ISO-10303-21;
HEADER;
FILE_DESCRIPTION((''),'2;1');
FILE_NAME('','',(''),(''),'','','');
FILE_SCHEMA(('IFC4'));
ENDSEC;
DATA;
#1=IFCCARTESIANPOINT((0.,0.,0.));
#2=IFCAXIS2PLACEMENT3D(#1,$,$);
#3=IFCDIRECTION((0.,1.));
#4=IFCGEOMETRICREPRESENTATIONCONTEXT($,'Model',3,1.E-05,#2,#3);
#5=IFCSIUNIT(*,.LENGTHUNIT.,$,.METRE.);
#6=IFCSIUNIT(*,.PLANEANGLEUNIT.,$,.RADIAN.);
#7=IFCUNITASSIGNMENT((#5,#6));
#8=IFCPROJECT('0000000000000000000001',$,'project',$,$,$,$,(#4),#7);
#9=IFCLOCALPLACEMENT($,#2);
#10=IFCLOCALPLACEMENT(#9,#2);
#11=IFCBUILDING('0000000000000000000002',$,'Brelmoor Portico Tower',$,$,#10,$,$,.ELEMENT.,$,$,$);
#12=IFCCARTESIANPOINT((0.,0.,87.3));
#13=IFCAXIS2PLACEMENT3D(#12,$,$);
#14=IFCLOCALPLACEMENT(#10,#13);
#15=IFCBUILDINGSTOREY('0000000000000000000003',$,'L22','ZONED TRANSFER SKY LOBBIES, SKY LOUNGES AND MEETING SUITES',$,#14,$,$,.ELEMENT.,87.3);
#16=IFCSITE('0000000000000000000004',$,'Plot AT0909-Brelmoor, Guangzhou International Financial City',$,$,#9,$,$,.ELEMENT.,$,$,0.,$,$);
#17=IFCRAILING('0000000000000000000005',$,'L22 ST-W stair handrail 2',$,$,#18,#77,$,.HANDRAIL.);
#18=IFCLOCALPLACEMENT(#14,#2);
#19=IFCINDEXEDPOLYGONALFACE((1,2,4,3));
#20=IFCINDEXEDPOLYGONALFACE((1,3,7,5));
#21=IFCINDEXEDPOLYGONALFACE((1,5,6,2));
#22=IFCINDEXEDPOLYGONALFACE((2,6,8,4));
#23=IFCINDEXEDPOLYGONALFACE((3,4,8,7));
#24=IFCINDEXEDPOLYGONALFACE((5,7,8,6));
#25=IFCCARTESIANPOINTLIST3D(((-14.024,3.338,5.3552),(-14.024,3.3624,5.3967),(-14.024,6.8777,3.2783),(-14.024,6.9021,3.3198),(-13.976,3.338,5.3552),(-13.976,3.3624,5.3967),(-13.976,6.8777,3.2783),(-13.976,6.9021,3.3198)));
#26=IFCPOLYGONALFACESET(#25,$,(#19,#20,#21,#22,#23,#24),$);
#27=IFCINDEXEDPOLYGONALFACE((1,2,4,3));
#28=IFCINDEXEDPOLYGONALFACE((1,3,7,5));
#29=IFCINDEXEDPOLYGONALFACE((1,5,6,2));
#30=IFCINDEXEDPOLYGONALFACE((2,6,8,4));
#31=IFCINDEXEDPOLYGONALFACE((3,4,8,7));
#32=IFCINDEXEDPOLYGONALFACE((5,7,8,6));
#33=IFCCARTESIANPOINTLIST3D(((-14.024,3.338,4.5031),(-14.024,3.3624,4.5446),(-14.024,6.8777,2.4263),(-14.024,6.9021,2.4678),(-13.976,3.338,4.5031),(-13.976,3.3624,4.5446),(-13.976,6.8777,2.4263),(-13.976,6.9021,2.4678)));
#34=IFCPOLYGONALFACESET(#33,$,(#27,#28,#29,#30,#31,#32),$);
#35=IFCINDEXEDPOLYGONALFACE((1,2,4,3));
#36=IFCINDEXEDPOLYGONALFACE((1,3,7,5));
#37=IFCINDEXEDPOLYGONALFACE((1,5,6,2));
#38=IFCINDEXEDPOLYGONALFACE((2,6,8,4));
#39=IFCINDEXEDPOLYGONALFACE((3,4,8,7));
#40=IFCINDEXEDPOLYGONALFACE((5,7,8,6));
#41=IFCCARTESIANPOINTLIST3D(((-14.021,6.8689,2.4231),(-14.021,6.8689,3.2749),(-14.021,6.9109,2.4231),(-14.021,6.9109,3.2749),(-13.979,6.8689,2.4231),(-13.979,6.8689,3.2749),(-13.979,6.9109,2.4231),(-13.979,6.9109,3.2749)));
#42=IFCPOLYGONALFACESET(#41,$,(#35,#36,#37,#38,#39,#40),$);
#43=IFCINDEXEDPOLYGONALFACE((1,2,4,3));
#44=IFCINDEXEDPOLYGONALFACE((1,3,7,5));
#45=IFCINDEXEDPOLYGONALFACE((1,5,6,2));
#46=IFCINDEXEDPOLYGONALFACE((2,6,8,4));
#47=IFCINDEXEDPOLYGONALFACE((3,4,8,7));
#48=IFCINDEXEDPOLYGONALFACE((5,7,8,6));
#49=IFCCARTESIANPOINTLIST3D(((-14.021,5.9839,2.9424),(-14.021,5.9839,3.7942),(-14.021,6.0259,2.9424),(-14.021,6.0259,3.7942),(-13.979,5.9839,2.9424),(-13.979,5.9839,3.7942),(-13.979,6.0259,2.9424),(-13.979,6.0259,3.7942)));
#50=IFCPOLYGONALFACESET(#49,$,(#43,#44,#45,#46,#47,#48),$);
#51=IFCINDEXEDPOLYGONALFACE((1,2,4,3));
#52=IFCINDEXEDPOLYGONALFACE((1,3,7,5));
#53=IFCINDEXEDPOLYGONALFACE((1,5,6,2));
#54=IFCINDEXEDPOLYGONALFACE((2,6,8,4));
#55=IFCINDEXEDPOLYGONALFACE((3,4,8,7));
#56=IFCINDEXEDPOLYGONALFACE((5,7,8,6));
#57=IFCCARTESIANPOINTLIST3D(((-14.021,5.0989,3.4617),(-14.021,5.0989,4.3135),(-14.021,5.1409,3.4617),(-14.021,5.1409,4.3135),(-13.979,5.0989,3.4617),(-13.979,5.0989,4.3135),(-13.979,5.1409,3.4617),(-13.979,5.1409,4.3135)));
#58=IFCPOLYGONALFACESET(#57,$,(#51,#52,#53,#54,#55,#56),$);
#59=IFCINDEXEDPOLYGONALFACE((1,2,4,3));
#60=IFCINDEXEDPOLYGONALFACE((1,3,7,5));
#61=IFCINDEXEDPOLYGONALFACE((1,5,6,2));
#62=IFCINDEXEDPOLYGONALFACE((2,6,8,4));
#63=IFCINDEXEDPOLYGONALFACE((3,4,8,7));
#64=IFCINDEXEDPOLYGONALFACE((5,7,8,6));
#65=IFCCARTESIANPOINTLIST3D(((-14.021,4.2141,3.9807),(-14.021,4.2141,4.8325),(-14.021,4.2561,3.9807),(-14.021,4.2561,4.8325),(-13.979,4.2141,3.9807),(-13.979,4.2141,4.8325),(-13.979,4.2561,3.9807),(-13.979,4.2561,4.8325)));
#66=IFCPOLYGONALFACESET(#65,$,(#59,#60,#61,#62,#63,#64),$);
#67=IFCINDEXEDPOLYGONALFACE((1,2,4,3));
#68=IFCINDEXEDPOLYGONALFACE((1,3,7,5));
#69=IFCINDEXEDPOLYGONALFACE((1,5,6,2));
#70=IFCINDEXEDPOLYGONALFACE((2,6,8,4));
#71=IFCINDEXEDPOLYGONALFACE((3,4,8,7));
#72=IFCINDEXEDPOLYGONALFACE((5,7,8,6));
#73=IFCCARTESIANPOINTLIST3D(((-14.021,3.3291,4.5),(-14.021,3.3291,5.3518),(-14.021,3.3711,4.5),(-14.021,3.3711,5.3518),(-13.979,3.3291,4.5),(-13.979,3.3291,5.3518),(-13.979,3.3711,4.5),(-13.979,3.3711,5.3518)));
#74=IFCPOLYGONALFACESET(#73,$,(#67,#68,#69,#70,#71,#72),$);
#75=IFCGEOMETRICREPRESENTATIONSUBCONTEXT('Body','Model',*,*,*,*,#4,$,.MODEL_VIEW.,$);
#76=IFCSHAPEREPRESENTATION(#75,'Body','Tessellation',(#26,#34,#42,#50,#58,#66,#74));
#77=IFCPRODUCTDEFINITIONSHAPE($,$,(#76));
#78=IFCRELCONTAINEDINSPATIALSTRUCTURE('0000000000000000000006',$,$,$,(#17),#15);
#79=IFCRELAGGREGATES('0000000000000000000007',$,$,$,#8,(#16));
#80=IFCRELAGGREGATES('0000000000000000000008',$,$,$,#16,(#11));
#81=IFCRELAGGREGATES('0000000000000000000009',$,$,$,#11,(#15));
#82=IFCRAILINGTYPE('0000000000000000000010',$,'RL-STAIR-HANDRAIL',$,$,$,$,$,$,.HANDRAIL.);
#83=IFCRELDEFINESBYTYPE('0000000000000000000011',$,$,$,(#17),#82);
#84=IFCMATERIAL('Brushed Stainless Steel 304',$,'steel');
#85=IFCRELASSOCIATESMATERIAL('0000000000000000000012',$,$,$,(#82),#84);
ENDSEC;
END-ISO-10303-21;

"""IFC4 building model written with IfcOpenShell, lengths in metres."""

from ifc_helpers import new_model, si_unit, direction, frame, origin, origin_2d, place, context, subcontext, project, spatial, rectangle, extrude, material, type_object, element, save


model = new_model("IFC4")

# Units and contexts
model_context = context("Model", 3, precision=1e-05, world=origin(), true_north=direction((0.0, 1.0)))
body_context = subcontext(model_context, "Body", "Model", "MODEL_VIEW")
ifc_project = project(units=[si_unit("LENGTHUNIT", "METRE"), si_unit("PLANEANGLEUNIT", "RADIAN")], contexts=[model_context])

# Site, building, storey
site_placement = place(None, origin())
site = spatial("IfcSite", under=ifc_project, at=site_placement, Name="Plot AT0909-Brelmoor, Guangzhou International Financial City", CompositionType="ELEMENT", RefElevation=0.0)
building_placement = place(site_placement, origin())
building = spatial("IfcBuilding", under=site, at=building_placement, Name="Brelmoor Portico Tower", CompositionType="ELEMENT")
storey_placement = place(building_placement, frame((0.0, 0.0, 87.3)))
storey = spatial("IfcBuildingStorey", under=building, at=storey_placement, Name="L22", Description="ZONED TRANSFER SKY LOBBIES, SKY LOUNGES AND MEETING SUITES", CompositionType="ELEMENT", Elevation=87.3)

# Railing
ifc_material_1 = material(Name="Brushed Stainless Steel 304", Category="steel")
railing_type = type_object("IfcRailingType", Name="RL-STAIR-HANDRAIL", PredefinedType="HANDRAIL", material=ifc_material_1)
railing_placement = place(storey_placement, frame((-14.0, 6.8899, 2.4231)))
element("IfcRailing", 1, at=railing_placement, inside=storey, type_object=railing_type, Name="L22 ST-W stair handrail 2", PredefinedType="HANDRAIL", context=body_context, shape_type="SweptSolid", body=[
    extrude(rectangle(XDim=0.0481, YDim=0.0481, at=origin_2d()), frame((0.0, 0.0, 0.876), z_axis=(0.0, -0.862501, 0.506055), x_axis=(1.0, 0.0, 0.0)), (0.0, 0.0, 1.0), 4.104),
    extrude(rectangle(XDim=0.0481, YDim=0.0481, at=origin_2d()), frame((0.0, 0.0, 0.0239), z_axis=(0.0, -0.862501, 0.506055), x_axis=(1.0, 0.0, 0.0)), (0.0, 0.0, 1.0), 4.104),
    extrude(rectangle(XDim=0.042, YDim=0.042, at=origin_2d()), origin(), (0.0, 0.0, 1.0), 0.8518),
    extrude(rectangle(XDim=0.042, YDim=0.042, at=origin_2d()), frame((0.0, -0.885, 0.5193)), (0.0, 0.0, 1.0), 0.8518),
    extrude(rectangle(XDim=0.042, YDim=0.042, at=origin_2d()), frame((0.0, -1.77, 1.0386)), (0.0, 0.0, 1.0), 0.8518),
    extrude(rectangle(XDim=0.042, YDim=0.042, at=origin_2d()), frame((0.0, -2.6548, 1.5576)), (0.0, 0.0, 1.0), 0.8518),
    extrude(rectangle(XDim=0.042, YDim=0.042, at=origin_2d()), frame((0.0, -3.5398, 2.0769)), (0.0, 0.0, 1.0), 0.8518),
])

save(model, "model.ifc")
